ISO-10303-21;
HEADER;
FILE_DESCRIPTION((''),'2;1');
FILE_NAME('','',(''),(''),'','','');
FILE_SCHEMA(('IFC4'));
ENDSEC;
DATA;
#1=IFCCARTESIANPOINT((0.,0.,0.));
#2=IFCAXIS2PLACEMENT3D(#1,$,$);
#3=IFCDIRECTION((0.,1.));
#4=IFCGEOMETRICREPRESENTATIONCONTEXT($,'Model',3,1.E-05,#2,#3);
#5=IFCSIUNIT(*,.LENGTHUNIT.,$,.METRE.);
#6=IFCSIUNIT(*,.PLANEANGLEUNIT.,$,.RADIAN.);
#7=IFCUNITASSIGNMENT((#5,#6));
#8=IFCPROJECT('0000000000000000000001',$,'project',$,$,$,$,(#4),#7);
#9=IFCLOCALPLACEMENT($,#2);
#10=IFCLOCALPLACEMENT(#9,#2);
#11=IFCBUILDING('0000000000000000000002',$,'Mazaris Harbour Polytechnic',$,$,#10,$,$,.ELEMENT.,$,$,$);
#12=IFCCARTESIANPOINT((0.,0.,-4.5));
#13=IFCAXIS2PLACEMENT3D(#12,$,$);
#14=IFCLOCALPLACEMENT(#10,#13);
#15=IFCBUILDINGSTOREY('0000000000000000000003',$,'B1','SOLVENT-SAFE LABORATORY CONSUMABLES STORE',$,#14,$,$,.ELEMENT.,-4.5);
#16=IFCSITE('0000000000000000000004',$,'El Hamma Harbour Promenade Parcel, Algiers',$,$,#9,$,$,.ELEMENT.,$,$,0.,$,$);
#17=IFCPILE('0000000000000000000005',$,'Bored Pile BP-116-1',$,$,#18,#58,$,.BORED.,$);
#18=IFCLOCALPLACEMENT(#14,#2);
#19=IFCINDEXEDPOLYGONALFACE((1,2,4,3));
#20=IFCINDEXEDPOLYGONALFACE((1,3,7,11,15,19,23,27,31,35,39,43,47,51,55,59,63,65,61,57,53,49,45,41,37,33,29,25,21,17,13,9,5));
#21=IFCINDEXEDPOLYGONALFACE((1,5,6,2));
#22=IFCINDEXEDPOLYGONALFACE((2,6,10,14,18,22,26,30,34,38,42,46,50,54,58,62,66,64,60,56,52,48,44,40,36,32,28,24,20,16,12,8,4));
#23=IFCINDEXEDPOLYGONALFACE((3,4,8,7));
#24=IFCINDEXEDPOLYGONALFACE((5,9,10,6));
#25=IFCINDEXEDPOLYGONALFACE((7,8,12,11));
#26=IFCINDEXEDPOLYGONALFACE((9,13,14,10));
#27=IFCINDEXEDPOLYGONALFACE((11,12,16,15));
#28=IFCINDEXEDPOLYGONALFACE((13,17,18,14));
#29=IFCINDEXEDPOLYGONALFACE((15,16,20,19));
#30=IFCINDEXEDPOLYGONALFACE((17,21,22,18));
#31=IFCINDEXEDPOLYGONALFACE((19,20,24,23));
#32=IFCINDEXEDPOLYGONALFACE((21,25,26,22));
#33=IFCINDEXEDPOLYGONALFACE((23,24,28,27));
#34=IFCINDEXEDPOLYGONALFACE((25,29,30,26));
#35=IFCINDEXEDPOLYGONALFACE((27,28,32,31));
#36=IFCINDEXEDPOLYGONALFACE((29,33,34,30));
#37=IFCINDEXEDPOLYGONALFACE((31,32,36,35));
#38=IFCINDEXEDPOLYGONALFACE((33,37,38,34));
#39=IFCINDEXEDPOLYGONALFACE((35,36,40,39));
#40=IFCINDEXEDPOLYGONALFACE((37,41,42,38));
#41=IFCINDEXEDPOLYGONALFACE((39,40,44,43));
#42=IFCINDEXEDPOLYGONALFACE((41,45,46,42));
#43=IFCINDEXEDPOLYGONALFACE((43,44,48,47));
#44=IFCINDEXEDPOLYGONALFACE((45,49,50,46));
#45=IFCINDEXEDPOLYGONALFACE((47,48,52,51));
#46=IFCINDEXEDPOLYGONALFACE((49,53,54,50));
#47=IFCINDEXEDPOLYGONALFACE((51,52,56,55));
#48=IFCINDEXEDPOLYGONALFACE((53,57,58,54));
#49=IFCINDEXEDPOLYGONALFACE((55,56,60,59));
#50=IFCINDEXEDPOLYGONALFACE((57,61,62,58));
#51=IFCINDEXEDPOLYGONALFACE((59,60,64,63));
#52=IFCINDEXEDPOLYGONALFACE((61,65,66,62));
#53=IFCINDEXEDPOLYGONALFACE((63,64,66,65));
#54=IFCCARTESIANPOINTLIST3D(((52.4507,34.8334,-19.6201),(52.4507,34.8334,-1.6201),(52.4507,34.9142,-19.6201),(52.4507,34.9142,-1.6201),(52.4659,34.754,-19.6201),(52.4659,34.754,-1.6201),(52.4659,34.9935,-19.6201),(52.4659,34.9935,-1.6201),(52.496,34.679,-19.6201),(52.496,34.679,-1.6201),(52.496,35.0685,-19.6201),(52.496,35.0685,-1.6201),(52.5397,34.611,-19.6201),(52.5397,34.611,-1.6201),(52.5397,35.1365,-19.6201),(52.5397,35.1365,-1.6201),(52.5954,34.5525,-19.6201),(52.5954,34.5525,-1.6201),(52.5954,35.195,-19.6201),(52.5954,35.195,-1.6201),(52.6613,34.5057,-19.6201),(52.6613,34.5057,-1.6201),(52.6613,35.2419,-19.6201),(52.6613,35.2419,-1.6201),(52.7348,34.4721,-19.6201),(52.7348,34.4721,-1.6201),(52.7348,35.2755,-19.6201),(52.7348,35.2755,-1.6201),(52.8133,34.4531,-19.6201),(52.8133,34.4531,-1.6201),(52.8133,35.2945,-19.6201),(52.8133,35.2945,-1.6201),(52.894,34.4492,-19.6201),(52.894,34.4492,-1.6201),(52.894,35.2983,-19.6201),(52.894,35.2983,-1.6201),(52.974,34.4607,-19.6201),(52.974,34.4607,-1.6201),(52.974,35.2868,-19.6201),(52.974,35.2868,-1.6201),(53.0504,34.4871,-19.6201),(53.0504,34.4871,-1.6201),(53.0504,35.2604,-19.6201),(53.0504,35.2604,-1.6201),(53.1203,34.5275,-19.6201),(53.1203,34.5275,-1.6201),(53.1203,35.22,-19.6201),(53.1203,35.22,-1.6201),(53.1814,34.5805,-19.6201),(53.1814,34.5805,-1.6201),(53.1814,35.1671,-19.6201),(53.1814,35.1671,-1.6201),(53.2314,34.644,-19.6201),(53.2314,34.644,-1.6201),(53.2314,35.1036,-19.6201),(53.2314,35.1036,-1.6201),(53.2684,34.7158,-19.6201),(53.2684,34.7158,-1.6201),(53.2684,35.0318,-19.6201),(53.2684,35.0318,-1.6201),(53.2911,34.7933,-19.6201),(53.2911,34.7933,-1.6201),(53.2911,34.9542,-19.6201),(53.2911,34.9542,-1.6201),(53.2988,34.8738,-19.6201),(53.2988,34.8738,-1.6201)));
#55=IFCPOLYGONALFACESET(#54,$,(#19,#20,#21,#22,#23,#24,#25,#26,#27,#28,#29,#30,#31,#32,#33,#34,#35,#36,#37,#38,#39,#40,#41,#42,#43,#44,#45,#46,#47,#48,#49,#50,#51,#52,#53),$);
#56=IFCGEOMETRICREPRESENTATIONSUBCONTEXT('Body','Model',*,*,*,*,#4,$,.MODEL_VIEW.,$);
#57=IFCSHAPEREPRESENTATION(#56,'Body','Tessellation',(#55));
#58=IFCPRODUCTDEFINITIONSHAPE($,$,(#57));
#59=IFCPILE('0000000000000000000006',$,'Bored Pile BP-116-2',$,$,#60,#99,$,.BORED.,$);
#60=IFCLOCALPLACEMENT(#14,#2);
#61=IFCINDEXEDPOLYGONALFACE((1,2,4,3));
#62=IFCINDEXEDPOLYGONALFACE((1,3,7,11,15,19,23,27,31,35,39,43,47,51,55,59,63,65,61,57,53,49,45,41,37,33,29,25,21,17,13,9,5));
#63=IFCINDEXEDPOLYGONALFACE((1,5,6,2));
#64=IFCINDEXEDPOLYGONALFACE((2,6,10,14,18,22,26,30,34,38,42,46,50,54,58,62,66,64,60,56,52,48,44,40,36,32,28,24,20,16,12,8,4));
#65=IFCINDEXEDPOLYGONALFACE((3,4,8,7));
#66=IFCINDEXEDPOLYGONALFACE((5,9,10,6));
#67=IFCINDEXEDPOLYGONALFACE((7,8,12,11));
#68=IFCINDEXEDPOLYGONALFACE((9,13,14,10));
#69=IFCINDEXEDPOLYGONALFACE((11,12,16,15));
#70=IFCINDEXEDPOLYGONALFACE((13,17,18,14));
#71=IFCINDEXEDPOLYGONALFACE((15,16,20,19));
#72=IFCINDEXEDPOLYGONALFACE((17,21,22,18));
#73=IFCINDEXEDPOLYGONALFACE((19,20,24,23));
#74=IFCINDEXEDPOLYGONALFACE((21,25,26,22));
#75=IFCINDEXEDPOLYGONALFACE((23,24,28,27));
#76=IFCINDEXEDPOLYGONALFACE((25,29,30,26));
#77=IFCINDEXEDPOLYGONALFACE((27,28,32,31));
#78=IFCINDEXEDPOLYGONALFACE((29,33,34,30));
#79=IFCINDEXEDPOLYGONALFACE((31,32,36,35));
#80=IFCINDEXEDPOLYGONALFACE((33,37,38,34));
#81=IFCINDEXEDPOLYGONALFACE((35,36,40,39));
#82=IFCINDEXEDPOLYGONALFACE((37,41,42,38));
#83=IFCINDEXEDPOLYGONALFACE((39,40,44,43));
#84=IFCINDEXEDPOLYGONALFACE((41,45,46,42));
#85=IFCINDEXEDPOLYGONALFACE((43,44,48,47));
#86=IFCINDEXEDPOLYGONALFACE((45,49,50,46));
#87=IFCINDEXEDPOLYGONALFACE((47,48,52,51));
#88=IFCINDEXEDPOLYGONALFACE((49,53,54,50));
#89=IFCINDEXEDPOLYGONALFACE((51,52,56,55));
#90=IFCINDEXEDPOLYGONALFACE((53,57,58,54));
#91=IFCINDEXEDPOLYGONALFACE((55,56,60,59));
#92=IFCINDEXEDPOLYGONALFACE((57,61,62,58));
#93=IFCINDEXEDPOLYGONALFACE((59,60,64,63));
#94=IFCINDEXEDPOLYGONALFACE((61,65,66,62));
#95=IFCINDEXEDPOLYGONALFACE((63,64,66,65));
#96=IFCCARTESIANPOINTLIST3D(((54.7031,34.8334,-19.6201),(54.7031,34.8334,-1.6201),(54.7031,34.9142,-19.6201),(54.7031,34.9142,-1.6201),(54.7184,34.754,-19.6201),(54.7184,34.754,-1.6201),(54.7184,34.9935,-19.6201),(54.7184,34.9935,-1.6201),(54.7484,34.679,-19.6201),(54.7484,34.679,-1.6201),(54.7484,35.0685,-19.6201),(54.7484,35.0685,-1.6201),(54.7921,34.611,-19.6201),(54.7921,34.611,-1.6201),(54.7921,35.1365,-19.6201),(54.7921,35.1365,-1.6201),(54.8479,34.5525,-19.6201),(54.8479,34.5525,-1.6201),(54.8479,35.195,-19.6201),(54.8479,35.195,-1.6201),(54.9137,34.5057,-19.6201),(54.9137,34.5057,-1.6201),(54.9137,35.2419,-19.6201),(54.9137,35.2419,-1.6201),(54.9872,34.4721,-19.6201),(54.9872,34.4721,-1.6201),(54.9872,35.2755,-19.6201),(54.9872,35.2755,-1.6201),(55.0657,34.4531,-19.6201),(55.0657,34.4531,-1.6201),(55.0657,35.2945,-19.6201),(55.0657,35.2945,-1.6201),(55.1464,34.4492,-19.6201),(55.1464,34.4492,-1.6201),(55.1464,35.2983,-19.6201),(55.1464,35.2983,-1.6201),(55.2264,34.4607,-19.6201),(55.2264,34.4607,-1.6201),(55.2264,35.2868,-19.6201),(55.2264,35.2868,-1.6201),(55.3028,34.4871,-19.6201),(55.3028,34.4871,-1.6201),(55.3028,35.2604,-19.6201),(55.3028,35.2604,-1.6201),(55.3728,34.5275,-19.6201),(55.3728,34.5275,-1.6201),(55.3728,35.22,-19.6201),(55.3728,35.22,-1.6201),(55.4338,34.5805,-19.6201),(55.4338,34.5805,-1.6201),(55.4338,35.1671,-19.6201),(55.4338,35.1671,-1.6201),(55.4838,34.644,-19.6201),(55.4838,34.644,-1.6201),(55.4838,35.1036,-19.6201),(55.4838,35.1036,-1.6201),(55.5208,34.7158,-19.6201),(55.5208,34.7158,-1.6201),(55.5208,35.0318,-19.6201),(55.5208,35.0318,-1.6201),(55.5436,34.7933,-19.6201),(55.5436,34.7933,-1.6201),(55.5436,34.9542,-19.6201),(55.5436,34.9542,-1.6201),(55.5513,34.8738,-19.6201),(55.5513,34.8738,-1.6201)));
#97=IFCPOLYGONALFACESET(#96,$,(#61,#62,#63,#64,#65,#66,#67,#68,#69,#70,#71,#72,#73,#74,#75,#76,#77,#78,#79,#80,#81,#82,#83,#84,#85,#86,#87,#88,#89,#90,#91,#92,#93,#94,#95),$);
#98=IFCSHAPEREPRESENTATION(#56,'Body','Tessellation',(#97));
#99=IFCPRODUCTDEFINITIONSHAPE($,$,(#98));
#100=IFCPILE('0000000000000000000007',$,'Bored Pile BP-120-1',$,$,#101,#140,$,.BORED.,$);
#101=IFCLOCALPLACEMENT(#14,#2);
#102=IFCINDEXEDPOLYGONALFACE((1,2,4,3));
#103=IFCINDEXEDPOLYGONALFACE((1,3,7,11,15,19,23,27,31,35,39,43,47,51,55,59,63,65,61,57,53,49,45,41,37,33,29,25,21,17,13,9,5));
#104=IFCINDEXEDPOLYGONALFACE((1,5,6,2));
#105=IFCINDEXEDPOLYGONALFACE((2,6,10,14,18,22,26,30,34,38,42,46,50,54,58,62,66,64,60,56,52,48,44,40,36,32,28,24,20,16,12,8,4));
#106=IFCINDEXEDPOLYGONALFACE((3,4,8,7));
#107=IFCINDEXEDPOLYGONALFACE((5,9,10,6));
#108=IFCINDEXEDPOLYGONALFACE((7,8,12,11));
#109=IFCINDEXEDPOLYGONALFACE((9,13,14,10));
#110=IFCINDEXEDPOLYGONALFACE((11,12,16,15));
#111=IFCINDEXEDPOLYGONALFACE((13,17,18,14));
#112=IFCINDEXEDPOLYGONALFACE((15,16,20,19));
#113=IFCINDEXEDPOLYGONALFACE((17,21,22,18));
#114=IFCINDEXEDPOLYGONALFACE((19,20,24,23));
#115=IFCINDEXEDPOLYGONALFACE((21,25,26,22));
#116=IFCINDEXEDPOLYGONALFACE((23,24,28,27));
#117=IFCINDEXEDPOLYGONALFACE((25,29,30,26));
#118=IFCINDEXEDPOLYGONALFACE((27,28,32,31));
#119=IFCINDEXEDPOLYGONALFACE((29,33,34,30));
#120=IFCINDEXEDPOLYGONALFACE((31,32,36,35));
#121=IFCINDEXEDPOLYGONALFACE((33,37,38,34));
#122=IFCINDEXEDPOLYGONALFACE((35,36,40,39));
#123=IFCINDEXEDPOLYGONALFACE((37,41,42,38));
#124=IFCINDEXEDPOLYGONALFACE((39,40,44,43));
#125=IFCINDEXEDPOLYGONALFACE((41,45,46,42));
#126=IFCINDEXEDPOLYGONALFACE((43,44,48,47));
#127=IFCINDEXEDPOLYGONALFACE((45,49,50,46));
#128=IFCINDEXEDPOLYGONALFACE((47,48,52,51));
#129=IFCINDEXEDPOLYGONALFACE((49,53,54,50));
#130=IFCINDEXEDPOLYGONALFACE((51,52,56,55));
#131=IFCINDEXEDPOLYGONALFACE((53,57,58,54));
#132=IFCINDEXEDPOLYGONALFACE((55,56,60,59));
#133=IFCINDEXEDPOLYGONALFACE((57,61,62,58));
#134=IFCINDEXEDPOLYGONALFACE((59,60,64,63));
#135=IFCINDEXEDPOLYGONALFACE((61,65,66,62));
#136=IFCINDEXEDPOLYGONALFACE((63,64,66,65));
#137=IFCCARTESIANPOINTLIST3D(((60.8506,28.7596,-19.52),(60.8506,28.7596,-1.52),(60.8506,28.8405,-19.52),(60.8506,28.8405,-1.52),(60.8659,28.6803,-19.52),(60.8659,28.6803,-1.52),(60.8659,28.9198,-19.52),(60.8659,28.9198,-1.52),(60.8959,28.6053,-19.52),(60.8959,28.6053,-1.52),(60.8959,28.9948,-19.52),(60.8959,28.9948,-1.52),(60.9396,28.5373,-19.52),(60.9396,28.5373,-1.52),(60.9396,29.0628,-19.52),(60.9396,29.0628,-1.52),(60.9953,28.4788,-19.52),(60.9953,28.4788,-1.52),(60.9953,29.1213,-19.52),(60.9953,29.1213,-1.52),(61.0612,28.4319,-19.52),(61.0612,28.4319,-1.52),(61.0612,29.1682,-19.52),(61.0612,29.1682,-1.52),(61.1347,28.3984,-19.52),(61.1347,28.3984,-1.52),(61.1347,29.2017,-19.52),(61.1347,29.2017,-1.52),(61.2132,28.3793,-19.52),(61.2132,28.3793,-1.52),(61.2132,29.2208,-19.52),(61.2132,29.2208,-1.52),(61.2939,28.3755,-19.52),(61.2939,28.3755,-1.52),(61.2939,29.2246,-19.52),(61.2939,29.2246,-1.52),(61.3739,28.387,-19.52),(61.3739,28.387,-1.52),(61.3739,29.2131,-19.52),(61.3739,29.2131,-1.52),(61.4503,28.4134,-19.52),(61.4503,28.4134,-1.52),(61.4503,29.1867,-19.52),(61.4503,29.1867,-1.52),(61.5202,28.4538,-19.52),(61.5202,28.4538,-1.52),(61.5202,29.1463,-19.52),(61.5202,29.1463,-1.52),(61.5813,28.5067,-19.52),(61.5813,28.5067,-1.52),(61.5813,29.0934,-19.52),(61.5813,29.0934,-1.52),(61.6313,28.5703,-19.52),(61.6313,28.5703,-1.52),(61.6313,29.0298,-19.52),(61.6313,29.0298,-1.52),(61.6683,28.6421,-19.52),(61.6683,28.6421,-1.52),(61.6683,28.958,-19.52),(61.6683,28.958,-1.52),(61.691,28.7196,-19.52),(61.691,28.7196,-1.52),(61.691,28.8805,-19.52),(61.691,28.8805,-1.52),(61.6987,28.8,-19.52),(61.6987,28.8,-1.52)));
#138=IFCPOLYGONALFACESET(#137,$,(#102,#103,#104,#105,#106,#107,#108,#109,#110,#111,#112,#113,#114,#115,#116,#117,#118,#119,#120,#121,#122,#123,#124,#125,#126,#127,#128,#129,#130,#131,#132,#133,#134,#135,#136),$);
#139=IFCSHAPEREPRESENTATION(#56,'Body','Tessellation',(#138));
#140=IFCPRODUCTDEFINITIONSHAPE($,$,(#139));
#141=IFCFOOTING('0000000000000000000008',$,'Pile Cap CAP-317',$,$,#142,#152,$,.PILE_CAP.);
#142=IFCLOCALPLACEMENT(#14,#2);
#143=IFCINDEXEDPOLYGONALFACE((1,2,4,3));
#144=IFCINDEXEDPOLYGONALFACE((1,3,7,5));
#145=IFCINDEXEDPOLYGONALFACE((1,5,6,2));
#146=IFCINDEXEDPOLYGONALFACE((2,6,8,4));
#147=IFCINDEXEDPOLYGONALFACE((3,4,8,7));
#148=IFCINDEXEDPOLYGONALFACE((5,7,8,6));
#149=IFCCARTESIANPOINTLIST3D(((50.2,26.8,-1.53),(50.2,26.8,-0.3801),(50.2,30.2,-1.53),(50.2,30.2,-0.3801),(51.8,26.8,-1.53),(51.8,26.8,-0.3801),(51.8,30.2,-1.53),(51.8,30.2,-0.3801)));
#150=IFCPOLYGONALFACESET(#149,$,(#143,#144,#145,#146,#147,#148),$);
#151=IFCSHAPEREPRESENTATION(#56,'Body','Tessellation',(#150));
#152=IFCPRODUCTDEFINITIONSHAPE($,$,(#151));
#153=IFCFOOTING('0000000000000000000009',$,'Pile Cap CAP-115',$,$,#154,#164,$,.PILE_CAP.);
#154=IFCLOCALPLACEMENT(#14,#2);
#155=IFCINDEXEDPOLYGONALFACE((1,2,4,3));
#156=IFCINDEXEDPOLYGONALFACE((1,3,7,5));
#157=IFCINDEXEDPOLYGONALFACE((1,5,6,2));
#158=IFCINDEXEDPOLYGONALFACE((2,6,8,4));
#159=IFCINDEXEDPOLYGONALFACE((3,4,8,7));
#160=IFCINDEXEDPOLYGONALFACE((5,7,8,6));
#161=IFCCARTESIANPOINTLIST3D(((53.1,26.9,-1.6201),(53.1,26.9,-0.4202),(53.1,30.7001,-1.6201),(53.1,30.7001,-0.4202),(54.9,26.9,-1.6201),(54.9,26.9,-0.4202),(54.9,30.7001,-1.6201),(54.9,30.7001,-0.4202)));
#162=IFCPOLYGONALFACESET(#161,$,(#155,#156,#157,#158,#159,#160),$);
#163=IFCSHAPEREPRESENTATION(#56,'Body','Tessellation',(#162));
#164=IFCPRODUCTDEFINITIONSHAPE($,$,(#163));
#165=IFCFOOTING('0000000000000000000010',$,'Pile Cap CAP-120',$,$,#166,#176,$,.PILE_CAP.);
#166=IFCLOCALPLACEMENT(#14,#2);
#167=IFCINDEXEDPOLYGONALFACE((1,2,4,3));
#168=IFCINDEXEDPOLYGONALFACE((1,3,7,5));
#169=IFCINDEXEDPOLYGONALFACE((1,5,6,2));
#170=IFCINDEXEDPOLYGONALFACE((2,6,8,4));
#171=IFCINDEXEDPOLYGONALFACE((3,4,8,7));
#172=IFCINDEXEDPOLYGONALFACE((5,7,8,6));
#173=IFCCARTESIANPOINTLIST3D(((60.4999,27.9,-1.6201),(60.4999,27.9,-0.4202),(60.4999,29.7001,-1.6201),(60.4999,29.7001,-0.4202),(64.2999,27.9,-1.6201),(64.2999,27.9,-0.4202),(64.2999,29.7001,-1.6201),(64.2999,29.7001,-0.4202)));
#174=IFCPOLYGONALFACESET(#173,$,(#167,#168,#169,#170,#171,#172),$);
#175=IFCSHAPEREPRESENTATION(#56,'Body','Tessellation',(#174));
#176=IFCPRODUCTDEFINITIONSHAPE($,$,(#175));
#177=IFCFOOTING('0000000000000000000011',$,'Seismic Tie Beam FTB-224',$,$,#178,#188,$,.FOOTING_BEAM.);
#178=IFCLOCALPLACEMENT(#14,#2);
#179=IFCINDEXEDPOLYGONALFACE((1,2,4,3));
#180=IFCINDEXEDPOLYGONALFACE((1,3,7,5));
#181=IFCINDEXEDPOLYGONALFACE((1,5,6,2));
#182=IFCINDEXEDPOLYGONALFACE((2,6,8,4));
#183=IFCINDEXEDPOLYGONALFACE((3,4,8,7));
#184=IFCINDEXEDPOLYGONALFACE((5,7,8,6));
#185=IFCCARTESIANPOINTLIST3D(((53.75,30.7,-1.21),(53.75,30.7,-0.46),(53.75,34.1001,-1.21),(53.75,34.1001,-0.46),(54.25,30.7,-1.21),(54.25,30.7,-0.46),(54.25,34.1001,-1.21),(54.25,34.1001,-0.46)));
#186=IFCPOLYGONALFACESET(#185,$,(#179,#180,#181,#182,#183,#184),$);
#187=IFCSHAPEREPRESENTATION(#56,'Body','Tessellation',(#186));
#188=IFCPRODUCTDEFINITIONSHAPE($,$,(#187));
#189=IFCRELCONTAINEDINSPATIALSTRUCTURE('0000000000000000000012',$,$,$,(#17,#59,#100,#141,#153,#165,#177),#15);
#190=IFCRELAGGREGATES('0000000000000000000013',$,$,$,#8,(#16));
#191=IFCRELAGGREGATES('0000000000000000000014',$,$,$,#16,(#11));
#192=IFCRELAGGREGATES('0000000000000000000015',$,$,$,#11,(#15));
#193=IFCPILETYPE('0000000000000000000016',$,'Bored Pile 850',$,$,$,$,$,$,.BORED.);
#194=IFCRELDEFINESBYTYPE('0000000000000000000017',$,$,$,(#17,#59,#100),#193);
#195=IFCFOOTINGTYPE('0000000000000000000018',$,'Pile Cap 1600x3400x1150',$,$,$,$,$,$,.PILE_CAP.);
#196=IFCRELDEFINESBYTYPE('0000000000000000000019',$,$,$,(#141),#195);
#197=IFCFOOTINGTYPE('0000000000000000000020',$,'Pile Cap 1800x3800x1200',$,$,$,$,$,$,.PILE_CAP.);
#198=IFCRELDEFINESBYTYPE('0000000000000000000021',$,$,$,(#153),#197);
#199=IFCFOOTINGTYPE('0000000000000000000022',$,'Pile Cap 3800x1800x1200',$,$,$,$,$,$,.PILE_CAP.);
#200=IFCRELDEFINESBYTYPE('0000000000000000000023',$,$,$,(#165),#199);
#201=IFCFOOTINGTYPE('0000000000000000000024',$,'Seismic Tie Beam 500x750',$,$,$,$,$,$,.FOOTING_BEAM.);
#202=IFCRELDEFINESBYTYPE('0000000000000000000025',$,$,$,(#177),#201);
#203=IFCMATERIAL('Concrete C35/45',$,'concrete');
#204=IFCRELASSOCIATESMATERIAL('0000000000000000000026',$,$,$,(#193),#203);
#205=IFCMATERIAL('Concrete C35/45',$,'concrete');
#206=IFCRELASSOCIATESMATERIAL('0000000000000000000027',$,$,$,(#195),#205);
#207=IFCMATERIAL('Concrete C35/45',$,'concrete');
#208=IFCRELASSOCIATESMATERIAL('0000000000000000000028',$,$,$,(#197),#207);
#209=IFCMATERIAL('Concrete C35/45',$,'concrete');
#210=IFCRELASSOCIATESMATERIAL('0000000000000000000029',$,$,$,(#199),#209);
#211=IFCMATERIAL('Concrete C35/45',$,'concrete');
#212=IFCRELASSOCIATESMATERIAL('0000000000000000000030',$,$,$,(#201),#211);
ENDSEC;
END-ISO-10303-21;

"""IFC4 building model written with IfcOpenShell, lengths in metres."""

from ifc_helpers import new_model, si_unit, direction, frame, origin, origin_2d, place, context, subcontext, project, spatial, rectangle, circle, extrude, material, material_profile, profile_set, type_object, element, save


model = new_model("IFC4")

# Units and contexts
model_context = context("Model", 3, precision=1e-05, world=origin(), true_north=direction((0.0, 1.0)))
body_context = subcontext(model_context, "Body", "Model", "MODEL_VIEW")
ifc_project = project(units=[si_unit("LENGTHUNIT", "METRE"), si_unit("PLANEANGLEUNIT", "RADIAN")], contexts=[model_context])

# Site, building, storey
site_placement = place(None, origin())
site = spatial("IfcSite", under=ifc_project, at=site_placement, Name="El Hamma Harbour Promenade Parcel, Algiers", CompositionType="ELEMENT", RefElevation=0.0)
building_placement = place(site_placement, origin())
building = spatial("IfcBuilding", under=site, at=building_placement, Name="Mazaris Harbour Polytechnic", CompositionType="ELEMENT")
storey_placement = place(building_placement, frame((0.0, 0.0, -4.5)))
storey = spatial("IfcBuildingStorey", under=building, at=storey_placement, Name="B1", Description="SOLVENT-SAFE LABORATORY CONSUMABLES STORE", CompositionType="ELEMENT", Elevation=-4.5)

# Piles
ifc_material_1 = material(Name="Concrete C35/45", Category="concrete")
ifc_material_profile_1 = material_profile(ifc_material_1, circle(Radius=0.425, at=origin_2d()), Name="DIA850")
ifc_profile_set_1 = profile_set([ifc_material_profile_1], Name="Concrete C35/45")
pile_type_1 = type_object("IfcPileType", Name="Bored Pile 850", PredefinedType="BORED", material=ifc_profile_set_1)
for number, where, z_axis, x_axis, name in (
    (1, (52.8738, 34.8738, -1.6201), (0.0, 0.0, -1.0), (1.0, 0.0, 0.0), "Bored Pile BP-116-1"),
    (2, (55.1262, 34.8738, -1.6201), (0.0, 0.0, -1.0), (1.0, 0.0, 0.0), "Bored Pile BP-116-2"),
    (3, (61.2737, 28.8, -1.52), (0.0, 0.0, -1.0), (1.0, 0.0, 0.0), "Bored Pile BP-120-1"),
):
    element("IfcPile", number, at=place(storey_placement, frame(where, z_axis=z_axis, x_axis=x_axis)), inside=storey, type_object=pile_type_1, Name=name, PredefinedType="BORED", context=body_context, shape_type="SweptSolid", body=[
        extrude(circle(Radius=0.425, at=origin_2d()), origin(), (0.0, 0.0, 1.0), 18.0),
    ])

# Footings
ifc_material_2 = material(Name="Concrete C35/45", Category="concrete")
footing_type_1 = type_object("IfcFootingType", Name="Pile Cap 1600x3400x1150", PredefinedType="PILE_CAP", material=ifc_material_2)
footing_1_placement = place(storey_placement, frame((51.0, 28.5, -1.53), z_axis=(0.0, 0.0, 1.0), x_axis=(1.0, 0.0, 0.0)))
element("IfcFooting", 4, at=footing_1_placement, inside=storey, type_object=footing_type_1, Name="Pile Cap CAP-317", PredefinedType="PILE_CAP", context=body_context, shape_type="SweptSolid", body=[
    extrude(rectangle(XDim=1.6001, YDim=3.3999, at=origin_2d()), origin(), (0.0, 0.0, 1.0), 1.1499),
])
ifc_material_3 = material(Name="Concrete C35/45", Category="concrete")
footing_type_2 = type_object("IfcFootingType", Name="Pile Cap 1800x3800x1200", PredefinedType="PILE_CAP", material=ifc_material_3)
footing_2_placement = place(storey_placement, frame((54.0, 28.8, -1.6201), z_axis=(0.0, 0.0, 1.0), x_axis=(1.0, 0.0, 0.0)))
element("IfcFooting", 5, at=footing_2_placement, inside=storey, type_object=footing_type_2, Name="Pile Cap CAP-115", PredefinedType="PILE_CAP", context=body_context, shape_type="SweptSolid", body=[
    extrude(rectangle(XDim=1.8, YDim=3.8, at=origin_2d()), origin(), (0.0, 0.0, 1.0), 1.2),
])
ifc_material_4 = material(Name="Concrete C35/45", Category="concrete")
footing_type_3 = type_object("IfcFootingType", Name="Pile Cap 3800x1800x1200", PredefinedType="PILE_CAP", material=ifc_material_4)
footing_3_placement = place(storey_placement, frame((62.3999, 28.8, -1.6201), z_axis=(0.0, 0.0, 1.0), x_axis=(1.0, 0.0, 0.0)))
element("IfcFooting", 6, at=footing_3_placement, inside=storey, type_object=footing_type_3, Name="Pile Cap CAP-120", PredefinedType="PILE_CAP", context=body_context, shape_type="SweptSolid", body=[
    extrude(rectangle(XDim=3.8, YDim=1.8, at=origin_2d()), origin(), (0.0, 0.0, 1.0), 1.2),
])
ifc_material_5 = material(Name="Concrete C35/45", Category="concrete")
ifc_material_profile_2 = material_profile(ifc_material_5, rectangle(XDim=0.5, YDim=0.75, at=origin_2d()), Name="RECT500x750")
ifc_profile_set_2 = profile_set([ifc_material_profile_2], Name="Concrete C35/45")
footing_type_4 = type_object("IfcFootingType", Name="Seismic Tie Beam 500x750", PredefinedType="FOOTING_BEAM", material=ifc_profile_set_2)
footing_4_placement = place(storey_placement, frame((54.0, 30.7, -0.835), z_axis=(0.0, 1.0, 0.0), x_axis=(-1.0, 0.0, 0.0)))
element("IfcFooting", 7, at=footing_4_placement, inside=storey, type_object=footing_type_4, Name="Seismic Tie Beam FTB-224", PredefinedType="FOOTING_BEAM", context=body_context, shape_type="SweptSolid", body=[
    extrude(rectangle(XDim=0.5, YDim=0.75, at=origin_2d()), origin(), (0.0, 0.0, 1.0), 3.4001),
])

save(model, "model.ifc")
